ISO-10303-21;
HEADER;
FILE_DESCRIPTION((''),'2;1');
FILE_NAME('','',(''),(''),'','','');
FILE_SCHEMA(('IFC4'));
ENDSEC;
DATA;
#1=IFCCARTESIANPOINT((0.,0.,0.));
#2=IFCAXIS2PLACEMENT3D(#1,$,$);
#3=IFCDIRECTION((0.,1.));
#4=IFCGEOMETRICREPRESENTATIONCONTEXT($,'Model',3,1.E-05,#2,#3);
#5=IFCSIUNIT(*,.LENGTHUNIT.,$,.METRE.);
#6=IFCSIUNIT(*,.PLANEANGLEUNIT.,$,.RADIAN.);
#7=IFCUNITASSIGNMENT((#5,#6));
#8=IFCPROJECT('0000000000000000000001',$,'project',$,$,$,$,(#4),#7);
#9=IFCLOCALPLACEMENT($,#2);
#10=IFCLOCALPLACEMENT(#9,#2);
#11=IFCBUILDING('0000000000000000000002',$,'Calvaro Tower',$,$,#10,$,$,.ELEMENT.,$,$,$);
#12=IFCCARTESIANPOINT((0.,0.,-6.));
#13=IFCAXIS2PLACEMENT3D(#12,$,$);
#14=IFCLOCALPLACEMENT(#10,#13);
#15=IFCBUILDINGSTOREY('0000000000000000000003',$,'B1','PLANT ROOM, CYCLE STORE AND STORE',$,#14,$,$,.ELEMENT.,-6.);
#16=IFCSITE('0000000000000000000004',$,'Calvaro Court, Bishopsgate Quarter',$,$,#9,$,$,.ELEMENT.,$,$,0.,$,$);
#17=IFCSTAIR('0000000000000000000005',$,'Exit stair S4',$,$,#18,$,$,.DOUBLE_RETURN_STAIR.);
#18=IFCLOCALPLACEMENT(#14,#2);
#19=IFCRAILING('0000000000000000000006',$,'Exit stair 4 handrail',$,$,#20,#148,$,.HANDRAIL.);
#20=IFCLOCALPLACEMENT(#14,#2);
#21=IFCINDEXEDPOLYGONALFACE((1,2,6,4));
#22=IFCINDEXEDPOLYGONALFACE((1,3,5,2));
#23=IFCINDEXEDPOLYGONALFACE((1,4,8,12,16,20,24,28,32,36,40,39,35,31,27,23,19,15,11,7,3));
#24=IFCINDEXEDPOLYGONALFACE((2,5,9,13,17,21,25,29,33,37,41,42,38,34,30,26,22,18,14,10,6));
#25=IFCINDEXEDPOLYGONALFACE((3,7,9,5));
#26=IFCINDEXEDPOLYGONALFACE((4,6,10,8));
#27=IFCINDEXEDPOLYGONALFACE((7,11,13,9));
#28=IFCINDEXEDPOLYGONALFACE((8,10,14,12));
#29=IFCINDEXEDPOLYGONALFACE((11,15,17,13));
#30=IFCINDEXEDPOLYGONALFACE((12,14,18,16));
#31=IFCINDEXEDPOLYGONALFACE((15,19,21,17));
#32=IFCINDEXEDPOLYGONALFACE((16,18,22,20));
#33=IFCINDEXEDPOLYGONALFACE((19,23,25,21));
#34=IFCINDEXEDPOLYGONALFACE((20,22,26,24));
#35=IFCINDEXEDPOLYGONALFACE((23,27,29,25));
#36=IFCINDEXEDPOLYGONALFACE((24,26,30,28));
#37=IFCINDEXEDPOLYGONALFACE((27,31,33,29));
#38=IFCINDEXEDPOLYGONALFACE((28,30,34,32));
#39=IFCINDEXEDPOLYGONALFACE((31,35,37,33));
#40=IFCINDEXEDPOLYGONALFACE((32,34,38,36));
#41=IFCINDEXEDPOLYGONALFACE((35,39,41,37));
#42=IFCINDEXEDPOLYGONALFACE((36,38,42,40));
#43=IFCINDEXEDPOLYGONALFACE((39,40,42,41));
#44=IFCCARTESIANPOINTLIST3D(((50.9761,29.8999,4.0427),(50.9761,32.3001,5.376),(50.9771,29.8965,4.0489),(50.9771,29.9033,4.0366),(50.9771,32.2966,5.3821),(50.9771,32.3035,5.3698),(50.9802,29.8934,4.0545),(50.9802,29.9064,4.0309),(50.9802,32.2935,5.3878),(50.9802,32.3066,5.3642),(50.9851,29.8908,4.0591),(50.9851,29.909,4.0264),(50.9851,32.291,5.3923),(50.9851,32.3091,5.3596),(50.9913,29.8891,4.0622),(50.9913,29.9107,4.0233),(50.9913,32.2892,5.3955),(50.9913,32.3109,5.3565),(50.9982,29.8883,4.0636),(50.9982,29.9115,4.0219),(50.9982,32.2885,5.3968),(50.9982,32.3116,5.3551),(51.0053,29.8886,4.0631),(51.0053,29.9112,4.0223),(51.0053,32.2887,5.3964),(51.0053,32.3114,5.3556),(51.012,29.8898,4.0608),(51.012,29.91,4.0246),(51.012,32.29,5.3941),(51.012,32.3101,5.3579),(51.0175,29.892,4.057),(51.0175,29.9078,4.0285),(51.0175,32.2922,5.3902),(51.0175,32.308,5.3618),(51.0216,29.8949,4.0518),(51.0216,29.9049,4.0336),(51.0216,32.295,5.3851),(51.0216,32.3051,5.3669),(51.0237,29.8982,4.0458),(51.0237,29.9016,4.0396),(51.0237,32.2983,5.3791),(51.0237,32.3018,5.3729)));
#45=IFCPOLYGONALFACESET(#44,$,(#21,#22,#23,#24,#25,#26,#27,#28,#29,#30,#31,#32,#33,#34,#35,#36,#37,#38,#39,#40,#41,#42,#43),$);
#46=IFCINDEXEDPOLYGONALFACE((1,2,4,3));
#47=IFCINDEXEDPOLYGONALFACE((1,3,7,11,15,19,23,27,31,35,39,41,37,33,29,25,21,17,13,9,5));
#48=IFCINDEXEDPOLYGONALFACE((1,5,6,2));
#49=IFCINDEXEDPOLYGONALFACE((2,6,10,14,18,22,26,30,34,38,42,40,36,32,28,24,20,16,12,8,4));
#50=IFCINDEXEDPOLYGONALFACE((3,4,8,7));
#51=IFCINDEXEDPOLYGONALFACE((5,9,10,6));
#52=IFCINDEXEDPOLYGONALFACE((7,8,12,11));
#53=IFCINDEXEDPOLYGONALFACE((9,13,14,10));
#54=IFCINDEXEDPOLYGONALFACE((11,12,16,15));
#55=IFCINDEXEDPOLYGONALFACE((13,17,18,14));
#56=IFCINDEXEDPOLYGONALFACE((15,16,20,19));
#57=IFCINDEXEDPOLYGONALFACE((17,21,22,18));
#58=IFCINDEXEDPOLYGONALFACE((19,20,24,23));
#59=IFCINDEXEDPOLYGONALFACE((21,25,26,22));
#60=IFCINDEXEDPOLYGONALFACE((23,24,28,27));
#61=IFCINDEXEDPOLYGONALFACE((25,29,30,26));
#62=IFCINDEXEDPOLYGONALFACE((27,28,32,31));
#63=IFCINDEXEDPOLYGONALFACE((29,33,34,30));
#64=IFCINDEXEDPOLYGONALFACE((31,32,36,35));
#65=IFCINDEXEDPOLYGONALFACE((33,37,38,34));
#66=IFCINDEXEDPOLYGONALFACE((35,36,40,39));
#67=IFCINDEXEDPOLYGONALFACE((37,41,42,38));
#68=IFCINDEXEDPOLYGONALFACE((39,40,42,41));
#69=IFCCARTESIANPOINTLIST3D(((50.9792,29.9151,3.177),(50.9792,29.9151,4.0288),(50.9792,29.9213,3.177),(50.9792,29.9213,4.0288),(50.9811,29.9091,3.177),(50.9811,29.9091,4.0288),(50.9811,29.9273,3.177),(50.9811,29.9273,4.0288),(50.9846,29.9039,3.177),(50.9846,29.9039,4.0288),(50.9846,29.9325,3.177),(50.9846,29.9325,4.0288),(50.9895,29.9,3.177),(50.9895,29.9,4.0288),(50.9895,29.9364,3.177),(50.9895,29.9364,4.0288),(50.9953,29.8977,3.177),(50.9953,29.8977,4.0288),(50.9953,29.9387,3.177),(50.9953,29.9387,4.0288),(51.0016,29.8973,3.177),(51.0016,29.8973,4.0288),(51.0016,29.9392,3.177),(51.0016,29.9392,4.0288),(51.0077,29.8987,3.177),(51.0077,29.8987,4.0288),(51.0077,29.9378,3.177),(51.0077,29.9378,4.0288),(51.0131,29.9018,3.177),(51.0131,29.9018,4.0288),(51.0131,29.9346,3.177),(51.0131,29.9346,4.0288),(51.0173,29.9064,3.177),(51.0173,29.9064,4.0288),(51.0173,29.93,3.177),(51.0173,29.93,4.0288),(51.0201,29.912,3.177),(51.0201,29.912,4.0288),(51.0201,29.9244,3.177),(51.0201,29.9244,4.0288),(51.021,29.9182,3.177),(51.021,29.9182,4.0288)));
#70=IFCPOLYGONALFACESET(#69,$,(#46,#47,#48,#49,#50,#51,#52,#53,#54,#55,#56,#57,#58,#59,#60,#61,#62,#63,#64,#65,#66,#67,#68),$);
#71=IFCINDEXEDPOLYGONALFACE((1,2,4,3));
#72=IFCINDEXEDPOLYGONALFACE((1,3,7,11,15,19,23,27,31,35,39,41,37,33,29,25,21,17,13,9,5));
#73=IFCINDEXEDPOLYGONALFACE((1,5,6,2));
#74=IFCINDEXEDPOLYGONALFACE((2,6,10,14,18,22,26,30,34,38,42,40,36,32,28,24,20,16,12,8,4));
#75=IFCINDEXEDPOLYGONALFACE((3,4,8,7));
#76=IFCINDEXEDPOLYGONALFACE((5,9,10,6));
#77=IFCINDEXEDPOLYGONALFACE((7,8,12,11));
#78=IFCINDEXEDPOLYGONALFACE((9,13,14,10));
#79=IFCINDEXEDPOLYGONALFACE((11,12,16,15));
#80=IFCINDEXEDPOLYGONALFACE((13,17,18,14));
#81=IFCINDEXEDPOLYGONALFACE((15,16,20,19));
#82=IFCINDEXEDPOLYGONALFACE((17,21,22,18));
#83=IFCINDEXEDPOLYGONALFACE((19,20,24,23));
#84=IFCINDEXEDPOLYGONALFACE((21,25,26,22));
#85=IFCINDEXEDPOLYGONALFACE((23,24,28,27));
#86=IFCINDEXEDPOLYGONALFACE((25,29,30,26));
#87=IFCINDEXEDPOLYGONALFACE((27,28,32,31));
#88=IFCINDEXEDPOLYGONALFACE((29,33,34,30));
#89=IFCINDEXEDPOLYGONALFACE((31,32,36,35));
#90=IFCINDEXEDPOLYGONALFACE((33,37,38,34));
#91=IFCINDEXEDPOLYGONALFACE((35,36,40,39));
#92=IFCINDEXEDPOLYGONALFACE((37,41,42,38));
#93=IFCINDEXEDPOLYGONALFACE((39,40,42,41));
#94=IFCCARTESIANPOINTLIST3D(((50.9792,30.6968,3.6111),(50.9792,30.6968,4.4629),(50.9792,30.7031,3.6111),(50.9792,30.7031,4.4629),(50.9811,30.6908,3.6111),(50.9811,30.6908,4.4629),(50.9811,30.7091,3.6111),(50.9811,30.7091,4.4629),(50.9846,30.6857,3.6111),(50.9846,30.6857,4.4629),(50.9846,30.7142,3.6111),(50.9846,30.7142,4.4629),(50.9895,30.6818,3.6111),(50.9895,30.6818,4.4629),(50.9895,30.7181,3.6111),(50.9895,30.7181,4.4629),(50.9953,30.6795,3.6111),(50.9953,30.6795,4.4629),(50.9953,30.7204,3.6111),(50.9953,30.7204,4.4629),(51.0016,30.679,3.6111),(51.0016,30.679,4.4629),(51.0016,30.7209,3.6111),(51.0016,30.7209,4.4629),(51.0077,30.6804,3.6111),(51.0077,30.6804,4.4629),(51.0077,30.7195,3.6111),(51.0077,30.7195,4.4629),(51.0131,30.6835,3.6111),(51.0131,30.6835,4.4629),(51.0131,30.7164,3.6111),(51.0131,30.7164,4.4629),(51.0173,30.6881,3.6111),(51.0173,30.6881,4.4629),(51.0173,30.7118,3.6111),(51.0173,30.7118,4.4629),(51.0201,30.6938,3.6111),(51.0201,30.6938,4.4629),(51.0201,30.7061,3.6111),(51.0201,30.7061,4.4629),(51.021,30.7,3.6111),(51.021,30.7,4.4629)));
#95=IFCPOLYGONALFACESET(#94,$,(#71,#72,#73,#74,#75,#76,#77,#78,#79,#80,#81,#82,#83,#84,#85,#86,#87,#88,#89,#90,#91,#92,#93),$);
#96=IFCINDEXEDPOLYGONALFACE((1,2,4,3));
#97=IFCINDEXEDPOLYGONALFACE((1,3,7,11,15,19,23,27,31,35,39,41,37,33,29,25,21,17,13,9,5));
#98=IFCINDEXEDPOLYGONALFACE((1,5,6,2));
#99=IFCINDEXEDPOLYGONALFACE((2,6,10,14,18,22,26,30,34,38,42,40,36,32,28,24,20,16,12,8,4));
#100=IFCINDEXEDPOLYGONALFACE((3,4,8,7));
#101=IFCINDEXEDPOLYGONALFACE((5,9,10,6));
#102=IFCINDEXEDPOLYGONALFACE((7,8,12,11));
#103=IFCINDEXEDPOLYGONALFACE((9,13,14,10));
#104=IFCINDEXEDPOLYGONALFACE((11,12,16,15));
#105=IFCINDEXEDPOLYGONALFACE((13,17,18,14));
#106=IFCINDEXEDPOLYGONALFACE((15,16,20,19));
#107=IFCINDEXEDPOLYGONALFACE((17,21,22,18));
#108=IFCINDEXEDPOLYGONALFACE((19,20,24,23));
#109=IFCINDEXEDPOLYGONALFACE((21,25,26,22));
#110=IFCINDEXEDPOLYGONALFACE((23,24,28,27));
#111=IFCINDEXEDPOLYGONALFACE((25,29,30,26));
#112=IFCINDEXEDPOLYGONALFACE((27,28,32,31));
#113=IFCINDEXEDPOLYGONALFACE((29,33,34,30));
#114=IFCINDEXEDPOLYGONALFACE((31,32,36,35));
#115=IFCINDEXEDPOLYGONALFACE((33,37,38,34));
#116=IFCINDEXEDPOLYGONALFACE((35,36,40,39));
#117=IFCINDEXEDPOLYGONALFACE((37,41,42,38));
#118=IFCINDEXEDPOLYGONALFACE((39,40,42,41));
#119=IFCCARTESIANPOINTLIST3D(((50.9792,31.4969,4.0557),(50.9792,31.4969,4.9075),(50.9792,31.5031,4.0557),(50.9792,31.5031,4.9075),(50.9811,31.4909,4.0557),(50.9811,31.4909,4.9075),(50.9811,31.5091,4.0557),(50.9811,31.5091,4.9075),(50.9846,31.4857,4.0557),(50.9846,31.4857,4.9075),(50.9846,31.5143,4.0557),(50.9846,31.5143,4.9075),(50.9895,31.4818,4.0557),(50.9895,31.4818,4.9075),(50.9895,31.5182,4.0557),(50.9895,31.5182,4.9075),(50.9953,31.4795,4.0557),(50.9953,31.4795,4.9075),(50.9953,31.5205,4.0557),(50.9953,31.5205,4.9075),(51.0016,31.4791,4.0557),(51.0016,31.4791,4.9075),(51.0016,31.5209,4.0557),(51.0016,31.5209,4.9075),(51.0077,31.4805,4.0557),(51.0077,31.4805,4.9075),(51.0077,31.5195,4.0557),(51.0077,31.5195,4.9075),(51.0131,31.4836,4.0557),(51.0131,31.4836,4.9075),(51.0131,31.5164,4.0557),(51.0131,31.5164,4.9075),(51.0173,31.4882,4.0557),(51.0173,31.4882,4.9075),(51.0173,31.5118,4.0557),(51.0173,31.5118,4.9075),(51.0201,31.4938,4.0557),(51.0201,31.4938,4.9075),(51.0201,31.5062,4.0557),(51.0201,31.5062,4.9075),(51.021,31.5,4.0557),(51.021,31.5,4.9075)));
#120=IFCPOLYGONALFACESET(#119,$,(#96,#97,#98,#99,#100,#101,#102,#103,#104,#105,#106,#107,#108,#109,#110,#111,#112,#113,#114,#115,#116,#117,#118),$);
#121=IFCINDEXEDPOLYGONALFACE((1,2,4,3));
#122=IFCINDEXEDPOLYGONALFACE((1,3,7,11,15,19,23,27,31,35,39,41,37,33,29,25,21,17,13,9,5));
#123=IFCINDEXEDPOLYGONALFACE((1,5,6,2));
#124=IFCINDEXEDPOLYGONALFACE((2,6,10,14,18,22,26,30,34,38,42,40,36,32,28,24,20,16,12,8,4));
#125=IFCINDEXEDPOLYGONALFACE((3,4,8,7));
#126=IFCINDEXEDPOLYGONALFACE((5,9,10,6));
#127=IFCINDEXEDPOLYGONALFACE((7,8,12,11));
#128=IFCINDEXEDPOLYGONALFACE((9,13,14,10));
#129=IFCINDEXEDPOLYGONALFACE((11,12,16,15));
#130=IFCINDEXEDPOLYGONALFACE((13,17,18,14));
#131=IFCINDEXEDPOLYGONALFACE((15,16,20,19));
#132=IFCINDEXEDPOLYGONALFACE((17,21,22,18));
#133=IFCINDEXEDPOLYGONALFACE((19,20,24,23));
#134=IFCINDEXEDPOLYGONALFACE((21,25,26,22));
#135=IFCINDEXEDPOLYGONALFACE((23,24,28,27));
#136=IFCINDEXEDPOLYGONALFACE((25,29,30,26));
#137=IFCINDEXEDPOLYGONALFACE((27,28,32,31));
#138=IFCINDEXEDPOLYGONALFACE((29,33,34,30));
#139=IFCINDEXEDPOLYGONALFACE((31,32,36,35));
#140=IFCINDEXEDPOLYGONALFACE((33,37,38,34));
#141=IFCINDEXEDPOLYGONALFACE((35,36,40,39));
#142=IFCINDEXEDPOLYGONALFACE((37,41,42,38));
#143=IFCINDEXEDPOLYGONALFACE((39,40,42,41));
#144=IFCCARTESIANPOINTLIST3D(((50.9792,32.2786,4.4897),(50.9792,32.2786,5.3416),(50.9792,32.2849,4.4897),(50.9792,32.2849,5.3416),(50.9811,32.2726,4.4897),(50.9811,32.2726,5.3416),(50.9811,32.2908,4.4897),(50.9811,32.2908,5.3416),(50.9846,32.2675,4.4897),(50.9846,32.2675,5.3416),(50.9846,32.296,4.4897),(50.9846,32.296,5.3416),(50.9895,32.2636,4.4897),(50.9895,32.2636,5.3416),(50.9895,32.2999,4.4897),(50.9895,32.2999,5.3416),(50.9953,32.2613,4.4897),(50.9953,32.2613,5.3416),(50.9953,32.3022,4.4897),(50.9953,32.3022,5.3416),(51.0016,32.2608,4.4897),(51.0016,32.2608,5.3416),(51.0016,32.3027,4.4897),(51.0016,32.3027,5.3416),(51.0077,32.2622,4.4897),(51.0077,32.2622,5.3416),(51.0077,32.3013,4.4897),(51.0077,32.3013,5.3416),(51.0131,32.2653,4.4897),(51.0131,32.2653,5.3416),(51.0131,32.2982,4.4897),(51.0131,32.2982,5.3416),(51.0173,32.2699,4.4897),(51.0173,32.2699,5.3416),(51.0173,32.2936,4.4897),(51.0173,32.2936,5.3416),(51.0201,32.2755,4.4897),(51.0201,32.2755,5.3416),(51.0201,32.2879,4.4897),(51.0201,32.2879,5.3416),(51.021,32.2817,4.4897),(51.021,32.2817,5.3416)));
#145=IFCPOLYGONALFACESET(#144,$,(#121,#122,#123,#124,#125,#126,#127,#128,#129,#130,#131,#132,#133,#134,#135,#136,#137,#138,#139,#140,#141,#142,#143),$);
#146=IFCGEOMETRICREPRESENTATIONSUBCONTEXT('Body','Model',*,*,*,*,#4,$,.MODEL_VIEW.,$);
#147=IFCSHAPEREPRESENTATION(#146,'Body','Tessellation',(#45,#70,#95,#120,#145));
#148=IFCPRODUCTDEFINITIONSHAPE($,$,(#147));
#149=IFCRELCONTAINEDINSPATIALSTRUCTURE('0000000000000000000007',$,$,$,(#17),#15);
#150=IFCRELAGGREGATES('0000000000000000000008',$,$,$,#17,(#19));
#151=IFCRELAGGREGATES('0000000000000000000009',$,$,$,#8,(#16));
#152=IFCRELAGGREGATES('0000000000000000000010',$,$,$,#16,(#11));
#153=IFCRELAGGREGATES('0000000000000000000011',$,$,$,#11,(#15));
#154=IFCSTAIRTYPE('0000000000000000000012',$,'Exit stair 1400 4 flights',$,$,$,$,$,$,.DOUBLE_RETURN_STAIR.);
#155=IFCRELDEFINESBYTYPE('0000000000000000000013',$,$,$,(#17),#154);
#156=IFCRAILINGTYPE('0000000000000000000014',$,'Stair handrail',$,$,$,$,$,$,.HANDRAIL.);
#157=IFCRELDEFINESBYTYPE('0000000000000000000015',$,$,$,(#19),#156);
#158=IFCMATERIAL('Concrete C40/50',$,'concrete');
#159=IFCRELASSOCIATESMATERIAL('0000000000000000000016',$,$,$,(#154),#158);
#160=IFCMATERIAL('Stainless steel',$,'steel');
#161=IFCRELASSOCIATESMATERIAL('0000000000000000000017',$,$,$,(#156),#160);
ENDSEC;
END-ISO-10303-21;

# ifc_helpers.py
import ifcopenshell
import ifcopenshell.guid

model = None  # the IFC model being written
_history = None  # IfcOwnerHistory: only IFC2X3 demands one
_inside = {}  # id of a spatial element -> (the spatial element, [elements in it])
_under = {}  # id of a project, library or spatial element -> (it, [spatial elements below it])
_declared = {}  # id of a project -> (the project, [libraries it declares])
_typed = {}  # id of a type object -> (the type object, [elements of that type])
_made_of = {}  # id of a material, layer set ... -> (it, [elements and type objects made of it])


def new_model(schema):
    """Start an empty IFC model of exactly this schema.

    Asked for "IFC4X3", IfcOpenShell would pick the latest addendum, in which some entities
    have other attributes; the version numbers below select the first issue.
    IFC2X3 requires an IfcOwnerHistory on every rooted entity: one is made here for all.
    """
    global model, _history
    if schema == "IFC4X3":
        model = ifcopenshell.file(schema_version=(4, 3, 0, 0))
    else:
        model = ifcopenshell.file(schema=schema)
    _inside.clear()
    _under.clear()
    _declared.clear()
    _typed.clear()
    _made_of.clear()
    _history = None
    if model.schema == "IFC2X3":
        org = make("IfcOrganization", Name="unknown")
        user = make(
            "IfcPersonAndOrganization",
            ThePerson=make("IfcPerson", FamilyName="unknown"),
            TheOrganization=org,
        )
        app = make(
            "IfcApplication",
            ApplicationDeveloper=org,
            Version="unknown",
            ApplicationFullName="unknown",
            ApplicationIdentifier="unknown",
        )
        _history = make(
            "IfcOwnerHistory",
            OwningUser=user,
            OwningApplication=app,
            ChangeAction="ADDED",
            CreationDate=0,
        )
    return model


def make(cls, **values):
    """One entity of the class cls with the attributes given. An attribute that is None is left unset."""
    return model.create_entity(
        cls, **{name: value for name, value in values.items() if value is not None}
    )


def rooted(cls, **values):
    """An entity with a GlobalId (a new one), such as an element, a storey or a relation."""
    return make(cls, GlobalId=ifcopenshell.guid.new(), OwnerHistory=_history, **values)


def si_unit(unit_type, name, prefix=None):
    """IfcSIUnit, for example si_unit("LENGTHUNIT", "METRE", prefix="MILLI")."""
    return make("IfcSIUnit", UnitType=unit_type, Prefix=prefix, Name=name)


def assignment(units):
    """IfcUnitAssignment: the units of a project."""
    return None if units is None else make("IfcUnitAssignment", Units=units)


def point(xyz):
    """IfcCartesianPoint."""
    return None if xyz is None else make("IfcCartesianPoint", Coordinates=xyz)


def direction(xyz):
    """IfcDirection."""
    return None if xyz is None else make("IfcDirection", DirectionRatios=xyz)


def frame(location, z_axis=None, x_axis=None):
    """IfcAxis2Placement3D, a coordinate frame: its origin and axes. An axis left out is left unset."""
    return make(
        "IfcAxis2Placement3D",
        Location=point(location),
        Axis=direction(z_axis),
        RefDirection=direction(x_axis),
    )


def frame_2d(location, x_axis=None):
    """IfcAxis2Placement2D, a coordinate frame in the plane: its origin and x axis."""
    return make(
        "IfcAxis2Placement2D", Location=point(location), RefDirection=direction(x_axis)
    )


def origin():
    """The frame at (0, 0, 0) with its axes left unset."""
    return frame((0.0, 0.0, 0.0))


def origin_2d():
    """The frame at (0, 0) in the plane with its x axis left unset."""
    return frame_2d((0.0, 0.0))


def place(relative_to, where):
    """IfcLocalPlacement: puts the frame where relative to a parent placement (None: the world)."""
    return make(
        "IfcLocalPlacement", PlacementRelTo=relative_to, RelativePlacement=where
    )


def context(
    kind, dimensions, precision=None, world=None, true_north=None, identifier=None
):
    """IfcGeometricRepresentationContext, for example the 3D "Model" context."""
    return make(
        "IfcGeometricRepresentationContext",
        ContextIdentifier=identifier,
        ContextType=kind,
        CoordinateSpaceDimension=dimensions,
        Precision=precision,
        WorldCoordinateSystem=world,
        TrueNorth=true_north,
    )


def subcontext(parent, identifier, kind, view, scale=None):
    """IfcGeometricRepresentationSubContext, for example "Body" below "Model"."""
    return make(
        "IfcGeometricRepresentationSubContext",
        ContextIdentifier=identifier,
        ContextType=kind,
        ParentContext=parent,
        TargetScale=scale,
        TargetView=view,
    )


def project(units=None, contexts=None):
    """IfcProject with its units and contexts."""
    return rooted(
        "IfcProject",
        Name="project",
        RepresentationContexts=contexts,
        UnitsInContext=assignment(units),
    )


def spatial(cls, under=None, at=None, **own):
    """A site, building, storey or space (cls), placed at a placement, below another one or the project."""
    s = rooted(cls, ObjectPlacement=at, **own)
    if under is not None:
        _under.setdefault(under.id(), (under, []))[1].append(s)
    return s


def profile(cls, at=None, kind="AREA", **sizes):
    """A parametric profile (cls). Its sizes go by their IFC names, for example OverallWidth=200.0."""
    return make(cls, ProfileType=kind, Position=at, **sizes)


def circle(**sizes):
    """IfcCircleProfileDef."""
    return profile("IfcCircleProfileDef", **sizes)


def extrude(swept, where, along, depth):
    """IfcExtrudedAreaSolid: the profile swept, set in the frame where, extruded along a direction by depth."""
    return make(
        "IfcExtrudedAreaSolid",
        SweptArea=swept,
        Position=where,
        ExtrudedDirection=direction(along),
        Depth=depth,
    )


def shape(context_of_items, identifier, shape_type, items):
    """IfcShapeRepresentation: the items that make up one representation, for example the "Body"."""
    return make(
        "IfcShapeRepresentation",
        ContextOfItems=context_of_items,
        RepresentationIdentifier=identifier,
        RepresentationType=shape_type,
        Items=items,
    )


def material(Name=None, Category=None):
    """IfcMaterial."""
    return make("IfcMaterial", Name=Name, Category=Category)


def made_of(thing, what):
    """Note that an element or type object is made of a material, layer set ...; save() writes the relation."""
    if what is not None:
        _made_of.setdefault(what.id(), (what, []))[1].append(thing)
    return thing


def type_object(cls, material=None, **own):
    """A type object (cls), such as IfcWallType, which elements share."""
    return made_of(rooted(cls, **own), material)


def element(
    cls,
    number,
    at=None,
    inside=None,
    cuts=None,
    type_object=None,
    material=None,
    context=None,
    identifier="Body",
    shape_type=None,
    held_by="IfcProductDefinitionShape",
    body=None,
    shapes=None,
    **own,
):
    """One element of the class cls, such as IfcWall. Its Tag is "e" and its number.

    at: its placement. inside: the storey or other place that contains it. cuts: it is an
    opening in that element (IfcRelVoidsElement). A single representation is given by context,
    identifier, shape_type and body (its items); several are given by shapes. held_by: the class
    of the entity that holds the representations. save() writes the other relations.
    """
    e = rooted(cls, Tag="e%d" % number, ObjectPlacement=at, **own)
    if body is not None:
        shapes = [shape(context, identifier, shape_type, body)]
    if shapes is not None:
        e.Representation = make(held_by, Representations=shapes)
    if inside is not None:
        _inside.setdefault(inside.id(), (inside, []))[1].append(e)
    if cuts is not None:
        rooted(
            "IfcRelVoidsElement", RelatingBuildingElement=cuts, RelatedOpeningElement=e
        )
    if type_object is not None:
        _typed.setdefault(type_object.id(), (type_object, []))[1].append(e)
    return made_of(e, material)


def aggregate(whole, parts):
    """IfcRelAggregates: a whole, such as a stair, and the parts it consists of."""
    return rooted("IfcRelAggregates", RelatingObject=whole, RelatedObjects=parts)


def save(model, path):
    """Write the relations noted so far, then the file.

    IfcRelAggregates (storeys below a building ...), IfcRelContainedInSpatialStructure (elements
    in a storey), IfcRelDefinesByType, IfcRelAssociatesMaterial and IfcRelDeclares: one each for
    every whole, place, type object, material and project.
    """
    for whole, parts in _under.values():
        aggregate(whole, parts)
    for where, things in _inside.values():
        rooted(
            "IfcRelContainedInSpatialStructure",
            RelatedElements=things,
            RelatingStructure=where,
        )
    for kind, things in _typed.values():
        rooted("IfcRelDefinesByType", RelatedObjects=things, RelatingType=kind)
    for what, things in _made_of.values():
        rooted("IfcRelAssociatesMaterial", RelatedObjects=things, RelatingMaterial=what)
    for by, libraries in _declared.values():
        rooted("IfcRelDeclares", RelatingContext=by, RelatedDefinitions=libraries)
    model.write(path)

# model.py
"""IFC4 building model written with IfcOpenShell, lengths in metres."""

from ifc_helpers import new_model, si_unit, direction, frame, origin, origin_2d, place, context, subcontext, project, spatial, circle, extrude, material, type_object, element, aggregate, save


model = new_model("IFC4")

# Units and contexts
model_context = context("Model", 3, precision=1e-05, world=origin(), true_north=direction((0.0, 1.0)))
body_context = subcontext(model_context, "Body", "Model", "MODEL_VIEW")
ifc_project = project(units=[si_unit("LENGTHUNIT", "METRE"), si_unit("PLANEANGLEUNIT", "RADIAN")], contexts=[model_context])

# Site, building, storey
site_placement = place(None, origin())
site = spatial("IfcSite", under=ifc_project, at=site_placement, Name="Calvaro Court, Bishopsgate Quarter", CompositionType="ELEMENT", RefElevation=0.0)
building_placement = place(site_placement, origin())
building = spatial("IfcBuilding", under=site, at=building_placement, Name="Calvaro Tower", CompositionType="ELEMENT")
storey_placement = place(building_placement, frame((0.0, 0.0, -6.0)))
storey = spatial("IfcBuildingStorey", under=building, at=storey_placement, Name="B1", Description="PLANT ROOM, CYCLE STORE AND STORE", CompositionType="ELEMENT", Elevation=-6.0)

# Stair
ifc_material_1 = material(Name="Concrete C40/50", Category="concrete")
stair_type = type_object("IfcStairType", Name="Exit stair 1400 4 flights", PredefinedType="DOUBLE_RETURN_STAIR", material=ifc_material_1)
stair_1_placement = place(storey_placement, origin())
stair_1 = element("IfcStair", 1, at=stair_1_placement, inside=storey, type_object=stair_type, Name="Exit stair S4", PredefinedType="DOUBLE_RETURN_STAIR")

# Railing
ifc_material_2 = material(Name="Stainless steel", Category="steel")
railing_type = type_object("IfcRailingType", Name="Stair handrail", PredefinedType="HANDRAIL", material=ifc_material_2)
railing_1_placement = place(storey_placement, frame((51.0, 29.8999, 3.1667)))
railing_1 = element("IfcRailing", 2, at=railing_1_placement, type_object=railing_type, Name="Exit stair 4 handrail", PredefinedType="HANDRAIL", context=body_context, shape_type="SweptSolid", body=[
    extrude(circle(Radius=0.0239, at=origin_2d()), frame((0.0, 0.0, 0.876), z_axis=(0.0, 0.874182, 0.485598), x_axis=(-1.0, 0.0, 0.0)), (0.0, 0.0, 1.0), 2.7456),
    extrude(circle(Radius=0.021, at=origin_2d()), frame((0.0, 0.0183, 0.0103)), (0.0, 0.0, 1.0), 0.8518),
    extrude(circle(Radius=0.021, at=origin_2d()), frame((0.0, 0.8, 0.4443)), (0.0, 0.0, 1.0), 0.8518),
    extrude(circle(Radius=0.021, at=origin_2d()), frame((0.0, 1.6001, 0.8889)), (0.0, 0.0, 1.0), 0.8518),
    extrude(circle(Radius=0.021, at=origin_2d()), frame((0.0, 2.3818, 1.323)), (0.0, 0.0, 1.0), 0.8518),
])
aggregate(stair_1, [railing_1])

save(model, "model.ifc")
